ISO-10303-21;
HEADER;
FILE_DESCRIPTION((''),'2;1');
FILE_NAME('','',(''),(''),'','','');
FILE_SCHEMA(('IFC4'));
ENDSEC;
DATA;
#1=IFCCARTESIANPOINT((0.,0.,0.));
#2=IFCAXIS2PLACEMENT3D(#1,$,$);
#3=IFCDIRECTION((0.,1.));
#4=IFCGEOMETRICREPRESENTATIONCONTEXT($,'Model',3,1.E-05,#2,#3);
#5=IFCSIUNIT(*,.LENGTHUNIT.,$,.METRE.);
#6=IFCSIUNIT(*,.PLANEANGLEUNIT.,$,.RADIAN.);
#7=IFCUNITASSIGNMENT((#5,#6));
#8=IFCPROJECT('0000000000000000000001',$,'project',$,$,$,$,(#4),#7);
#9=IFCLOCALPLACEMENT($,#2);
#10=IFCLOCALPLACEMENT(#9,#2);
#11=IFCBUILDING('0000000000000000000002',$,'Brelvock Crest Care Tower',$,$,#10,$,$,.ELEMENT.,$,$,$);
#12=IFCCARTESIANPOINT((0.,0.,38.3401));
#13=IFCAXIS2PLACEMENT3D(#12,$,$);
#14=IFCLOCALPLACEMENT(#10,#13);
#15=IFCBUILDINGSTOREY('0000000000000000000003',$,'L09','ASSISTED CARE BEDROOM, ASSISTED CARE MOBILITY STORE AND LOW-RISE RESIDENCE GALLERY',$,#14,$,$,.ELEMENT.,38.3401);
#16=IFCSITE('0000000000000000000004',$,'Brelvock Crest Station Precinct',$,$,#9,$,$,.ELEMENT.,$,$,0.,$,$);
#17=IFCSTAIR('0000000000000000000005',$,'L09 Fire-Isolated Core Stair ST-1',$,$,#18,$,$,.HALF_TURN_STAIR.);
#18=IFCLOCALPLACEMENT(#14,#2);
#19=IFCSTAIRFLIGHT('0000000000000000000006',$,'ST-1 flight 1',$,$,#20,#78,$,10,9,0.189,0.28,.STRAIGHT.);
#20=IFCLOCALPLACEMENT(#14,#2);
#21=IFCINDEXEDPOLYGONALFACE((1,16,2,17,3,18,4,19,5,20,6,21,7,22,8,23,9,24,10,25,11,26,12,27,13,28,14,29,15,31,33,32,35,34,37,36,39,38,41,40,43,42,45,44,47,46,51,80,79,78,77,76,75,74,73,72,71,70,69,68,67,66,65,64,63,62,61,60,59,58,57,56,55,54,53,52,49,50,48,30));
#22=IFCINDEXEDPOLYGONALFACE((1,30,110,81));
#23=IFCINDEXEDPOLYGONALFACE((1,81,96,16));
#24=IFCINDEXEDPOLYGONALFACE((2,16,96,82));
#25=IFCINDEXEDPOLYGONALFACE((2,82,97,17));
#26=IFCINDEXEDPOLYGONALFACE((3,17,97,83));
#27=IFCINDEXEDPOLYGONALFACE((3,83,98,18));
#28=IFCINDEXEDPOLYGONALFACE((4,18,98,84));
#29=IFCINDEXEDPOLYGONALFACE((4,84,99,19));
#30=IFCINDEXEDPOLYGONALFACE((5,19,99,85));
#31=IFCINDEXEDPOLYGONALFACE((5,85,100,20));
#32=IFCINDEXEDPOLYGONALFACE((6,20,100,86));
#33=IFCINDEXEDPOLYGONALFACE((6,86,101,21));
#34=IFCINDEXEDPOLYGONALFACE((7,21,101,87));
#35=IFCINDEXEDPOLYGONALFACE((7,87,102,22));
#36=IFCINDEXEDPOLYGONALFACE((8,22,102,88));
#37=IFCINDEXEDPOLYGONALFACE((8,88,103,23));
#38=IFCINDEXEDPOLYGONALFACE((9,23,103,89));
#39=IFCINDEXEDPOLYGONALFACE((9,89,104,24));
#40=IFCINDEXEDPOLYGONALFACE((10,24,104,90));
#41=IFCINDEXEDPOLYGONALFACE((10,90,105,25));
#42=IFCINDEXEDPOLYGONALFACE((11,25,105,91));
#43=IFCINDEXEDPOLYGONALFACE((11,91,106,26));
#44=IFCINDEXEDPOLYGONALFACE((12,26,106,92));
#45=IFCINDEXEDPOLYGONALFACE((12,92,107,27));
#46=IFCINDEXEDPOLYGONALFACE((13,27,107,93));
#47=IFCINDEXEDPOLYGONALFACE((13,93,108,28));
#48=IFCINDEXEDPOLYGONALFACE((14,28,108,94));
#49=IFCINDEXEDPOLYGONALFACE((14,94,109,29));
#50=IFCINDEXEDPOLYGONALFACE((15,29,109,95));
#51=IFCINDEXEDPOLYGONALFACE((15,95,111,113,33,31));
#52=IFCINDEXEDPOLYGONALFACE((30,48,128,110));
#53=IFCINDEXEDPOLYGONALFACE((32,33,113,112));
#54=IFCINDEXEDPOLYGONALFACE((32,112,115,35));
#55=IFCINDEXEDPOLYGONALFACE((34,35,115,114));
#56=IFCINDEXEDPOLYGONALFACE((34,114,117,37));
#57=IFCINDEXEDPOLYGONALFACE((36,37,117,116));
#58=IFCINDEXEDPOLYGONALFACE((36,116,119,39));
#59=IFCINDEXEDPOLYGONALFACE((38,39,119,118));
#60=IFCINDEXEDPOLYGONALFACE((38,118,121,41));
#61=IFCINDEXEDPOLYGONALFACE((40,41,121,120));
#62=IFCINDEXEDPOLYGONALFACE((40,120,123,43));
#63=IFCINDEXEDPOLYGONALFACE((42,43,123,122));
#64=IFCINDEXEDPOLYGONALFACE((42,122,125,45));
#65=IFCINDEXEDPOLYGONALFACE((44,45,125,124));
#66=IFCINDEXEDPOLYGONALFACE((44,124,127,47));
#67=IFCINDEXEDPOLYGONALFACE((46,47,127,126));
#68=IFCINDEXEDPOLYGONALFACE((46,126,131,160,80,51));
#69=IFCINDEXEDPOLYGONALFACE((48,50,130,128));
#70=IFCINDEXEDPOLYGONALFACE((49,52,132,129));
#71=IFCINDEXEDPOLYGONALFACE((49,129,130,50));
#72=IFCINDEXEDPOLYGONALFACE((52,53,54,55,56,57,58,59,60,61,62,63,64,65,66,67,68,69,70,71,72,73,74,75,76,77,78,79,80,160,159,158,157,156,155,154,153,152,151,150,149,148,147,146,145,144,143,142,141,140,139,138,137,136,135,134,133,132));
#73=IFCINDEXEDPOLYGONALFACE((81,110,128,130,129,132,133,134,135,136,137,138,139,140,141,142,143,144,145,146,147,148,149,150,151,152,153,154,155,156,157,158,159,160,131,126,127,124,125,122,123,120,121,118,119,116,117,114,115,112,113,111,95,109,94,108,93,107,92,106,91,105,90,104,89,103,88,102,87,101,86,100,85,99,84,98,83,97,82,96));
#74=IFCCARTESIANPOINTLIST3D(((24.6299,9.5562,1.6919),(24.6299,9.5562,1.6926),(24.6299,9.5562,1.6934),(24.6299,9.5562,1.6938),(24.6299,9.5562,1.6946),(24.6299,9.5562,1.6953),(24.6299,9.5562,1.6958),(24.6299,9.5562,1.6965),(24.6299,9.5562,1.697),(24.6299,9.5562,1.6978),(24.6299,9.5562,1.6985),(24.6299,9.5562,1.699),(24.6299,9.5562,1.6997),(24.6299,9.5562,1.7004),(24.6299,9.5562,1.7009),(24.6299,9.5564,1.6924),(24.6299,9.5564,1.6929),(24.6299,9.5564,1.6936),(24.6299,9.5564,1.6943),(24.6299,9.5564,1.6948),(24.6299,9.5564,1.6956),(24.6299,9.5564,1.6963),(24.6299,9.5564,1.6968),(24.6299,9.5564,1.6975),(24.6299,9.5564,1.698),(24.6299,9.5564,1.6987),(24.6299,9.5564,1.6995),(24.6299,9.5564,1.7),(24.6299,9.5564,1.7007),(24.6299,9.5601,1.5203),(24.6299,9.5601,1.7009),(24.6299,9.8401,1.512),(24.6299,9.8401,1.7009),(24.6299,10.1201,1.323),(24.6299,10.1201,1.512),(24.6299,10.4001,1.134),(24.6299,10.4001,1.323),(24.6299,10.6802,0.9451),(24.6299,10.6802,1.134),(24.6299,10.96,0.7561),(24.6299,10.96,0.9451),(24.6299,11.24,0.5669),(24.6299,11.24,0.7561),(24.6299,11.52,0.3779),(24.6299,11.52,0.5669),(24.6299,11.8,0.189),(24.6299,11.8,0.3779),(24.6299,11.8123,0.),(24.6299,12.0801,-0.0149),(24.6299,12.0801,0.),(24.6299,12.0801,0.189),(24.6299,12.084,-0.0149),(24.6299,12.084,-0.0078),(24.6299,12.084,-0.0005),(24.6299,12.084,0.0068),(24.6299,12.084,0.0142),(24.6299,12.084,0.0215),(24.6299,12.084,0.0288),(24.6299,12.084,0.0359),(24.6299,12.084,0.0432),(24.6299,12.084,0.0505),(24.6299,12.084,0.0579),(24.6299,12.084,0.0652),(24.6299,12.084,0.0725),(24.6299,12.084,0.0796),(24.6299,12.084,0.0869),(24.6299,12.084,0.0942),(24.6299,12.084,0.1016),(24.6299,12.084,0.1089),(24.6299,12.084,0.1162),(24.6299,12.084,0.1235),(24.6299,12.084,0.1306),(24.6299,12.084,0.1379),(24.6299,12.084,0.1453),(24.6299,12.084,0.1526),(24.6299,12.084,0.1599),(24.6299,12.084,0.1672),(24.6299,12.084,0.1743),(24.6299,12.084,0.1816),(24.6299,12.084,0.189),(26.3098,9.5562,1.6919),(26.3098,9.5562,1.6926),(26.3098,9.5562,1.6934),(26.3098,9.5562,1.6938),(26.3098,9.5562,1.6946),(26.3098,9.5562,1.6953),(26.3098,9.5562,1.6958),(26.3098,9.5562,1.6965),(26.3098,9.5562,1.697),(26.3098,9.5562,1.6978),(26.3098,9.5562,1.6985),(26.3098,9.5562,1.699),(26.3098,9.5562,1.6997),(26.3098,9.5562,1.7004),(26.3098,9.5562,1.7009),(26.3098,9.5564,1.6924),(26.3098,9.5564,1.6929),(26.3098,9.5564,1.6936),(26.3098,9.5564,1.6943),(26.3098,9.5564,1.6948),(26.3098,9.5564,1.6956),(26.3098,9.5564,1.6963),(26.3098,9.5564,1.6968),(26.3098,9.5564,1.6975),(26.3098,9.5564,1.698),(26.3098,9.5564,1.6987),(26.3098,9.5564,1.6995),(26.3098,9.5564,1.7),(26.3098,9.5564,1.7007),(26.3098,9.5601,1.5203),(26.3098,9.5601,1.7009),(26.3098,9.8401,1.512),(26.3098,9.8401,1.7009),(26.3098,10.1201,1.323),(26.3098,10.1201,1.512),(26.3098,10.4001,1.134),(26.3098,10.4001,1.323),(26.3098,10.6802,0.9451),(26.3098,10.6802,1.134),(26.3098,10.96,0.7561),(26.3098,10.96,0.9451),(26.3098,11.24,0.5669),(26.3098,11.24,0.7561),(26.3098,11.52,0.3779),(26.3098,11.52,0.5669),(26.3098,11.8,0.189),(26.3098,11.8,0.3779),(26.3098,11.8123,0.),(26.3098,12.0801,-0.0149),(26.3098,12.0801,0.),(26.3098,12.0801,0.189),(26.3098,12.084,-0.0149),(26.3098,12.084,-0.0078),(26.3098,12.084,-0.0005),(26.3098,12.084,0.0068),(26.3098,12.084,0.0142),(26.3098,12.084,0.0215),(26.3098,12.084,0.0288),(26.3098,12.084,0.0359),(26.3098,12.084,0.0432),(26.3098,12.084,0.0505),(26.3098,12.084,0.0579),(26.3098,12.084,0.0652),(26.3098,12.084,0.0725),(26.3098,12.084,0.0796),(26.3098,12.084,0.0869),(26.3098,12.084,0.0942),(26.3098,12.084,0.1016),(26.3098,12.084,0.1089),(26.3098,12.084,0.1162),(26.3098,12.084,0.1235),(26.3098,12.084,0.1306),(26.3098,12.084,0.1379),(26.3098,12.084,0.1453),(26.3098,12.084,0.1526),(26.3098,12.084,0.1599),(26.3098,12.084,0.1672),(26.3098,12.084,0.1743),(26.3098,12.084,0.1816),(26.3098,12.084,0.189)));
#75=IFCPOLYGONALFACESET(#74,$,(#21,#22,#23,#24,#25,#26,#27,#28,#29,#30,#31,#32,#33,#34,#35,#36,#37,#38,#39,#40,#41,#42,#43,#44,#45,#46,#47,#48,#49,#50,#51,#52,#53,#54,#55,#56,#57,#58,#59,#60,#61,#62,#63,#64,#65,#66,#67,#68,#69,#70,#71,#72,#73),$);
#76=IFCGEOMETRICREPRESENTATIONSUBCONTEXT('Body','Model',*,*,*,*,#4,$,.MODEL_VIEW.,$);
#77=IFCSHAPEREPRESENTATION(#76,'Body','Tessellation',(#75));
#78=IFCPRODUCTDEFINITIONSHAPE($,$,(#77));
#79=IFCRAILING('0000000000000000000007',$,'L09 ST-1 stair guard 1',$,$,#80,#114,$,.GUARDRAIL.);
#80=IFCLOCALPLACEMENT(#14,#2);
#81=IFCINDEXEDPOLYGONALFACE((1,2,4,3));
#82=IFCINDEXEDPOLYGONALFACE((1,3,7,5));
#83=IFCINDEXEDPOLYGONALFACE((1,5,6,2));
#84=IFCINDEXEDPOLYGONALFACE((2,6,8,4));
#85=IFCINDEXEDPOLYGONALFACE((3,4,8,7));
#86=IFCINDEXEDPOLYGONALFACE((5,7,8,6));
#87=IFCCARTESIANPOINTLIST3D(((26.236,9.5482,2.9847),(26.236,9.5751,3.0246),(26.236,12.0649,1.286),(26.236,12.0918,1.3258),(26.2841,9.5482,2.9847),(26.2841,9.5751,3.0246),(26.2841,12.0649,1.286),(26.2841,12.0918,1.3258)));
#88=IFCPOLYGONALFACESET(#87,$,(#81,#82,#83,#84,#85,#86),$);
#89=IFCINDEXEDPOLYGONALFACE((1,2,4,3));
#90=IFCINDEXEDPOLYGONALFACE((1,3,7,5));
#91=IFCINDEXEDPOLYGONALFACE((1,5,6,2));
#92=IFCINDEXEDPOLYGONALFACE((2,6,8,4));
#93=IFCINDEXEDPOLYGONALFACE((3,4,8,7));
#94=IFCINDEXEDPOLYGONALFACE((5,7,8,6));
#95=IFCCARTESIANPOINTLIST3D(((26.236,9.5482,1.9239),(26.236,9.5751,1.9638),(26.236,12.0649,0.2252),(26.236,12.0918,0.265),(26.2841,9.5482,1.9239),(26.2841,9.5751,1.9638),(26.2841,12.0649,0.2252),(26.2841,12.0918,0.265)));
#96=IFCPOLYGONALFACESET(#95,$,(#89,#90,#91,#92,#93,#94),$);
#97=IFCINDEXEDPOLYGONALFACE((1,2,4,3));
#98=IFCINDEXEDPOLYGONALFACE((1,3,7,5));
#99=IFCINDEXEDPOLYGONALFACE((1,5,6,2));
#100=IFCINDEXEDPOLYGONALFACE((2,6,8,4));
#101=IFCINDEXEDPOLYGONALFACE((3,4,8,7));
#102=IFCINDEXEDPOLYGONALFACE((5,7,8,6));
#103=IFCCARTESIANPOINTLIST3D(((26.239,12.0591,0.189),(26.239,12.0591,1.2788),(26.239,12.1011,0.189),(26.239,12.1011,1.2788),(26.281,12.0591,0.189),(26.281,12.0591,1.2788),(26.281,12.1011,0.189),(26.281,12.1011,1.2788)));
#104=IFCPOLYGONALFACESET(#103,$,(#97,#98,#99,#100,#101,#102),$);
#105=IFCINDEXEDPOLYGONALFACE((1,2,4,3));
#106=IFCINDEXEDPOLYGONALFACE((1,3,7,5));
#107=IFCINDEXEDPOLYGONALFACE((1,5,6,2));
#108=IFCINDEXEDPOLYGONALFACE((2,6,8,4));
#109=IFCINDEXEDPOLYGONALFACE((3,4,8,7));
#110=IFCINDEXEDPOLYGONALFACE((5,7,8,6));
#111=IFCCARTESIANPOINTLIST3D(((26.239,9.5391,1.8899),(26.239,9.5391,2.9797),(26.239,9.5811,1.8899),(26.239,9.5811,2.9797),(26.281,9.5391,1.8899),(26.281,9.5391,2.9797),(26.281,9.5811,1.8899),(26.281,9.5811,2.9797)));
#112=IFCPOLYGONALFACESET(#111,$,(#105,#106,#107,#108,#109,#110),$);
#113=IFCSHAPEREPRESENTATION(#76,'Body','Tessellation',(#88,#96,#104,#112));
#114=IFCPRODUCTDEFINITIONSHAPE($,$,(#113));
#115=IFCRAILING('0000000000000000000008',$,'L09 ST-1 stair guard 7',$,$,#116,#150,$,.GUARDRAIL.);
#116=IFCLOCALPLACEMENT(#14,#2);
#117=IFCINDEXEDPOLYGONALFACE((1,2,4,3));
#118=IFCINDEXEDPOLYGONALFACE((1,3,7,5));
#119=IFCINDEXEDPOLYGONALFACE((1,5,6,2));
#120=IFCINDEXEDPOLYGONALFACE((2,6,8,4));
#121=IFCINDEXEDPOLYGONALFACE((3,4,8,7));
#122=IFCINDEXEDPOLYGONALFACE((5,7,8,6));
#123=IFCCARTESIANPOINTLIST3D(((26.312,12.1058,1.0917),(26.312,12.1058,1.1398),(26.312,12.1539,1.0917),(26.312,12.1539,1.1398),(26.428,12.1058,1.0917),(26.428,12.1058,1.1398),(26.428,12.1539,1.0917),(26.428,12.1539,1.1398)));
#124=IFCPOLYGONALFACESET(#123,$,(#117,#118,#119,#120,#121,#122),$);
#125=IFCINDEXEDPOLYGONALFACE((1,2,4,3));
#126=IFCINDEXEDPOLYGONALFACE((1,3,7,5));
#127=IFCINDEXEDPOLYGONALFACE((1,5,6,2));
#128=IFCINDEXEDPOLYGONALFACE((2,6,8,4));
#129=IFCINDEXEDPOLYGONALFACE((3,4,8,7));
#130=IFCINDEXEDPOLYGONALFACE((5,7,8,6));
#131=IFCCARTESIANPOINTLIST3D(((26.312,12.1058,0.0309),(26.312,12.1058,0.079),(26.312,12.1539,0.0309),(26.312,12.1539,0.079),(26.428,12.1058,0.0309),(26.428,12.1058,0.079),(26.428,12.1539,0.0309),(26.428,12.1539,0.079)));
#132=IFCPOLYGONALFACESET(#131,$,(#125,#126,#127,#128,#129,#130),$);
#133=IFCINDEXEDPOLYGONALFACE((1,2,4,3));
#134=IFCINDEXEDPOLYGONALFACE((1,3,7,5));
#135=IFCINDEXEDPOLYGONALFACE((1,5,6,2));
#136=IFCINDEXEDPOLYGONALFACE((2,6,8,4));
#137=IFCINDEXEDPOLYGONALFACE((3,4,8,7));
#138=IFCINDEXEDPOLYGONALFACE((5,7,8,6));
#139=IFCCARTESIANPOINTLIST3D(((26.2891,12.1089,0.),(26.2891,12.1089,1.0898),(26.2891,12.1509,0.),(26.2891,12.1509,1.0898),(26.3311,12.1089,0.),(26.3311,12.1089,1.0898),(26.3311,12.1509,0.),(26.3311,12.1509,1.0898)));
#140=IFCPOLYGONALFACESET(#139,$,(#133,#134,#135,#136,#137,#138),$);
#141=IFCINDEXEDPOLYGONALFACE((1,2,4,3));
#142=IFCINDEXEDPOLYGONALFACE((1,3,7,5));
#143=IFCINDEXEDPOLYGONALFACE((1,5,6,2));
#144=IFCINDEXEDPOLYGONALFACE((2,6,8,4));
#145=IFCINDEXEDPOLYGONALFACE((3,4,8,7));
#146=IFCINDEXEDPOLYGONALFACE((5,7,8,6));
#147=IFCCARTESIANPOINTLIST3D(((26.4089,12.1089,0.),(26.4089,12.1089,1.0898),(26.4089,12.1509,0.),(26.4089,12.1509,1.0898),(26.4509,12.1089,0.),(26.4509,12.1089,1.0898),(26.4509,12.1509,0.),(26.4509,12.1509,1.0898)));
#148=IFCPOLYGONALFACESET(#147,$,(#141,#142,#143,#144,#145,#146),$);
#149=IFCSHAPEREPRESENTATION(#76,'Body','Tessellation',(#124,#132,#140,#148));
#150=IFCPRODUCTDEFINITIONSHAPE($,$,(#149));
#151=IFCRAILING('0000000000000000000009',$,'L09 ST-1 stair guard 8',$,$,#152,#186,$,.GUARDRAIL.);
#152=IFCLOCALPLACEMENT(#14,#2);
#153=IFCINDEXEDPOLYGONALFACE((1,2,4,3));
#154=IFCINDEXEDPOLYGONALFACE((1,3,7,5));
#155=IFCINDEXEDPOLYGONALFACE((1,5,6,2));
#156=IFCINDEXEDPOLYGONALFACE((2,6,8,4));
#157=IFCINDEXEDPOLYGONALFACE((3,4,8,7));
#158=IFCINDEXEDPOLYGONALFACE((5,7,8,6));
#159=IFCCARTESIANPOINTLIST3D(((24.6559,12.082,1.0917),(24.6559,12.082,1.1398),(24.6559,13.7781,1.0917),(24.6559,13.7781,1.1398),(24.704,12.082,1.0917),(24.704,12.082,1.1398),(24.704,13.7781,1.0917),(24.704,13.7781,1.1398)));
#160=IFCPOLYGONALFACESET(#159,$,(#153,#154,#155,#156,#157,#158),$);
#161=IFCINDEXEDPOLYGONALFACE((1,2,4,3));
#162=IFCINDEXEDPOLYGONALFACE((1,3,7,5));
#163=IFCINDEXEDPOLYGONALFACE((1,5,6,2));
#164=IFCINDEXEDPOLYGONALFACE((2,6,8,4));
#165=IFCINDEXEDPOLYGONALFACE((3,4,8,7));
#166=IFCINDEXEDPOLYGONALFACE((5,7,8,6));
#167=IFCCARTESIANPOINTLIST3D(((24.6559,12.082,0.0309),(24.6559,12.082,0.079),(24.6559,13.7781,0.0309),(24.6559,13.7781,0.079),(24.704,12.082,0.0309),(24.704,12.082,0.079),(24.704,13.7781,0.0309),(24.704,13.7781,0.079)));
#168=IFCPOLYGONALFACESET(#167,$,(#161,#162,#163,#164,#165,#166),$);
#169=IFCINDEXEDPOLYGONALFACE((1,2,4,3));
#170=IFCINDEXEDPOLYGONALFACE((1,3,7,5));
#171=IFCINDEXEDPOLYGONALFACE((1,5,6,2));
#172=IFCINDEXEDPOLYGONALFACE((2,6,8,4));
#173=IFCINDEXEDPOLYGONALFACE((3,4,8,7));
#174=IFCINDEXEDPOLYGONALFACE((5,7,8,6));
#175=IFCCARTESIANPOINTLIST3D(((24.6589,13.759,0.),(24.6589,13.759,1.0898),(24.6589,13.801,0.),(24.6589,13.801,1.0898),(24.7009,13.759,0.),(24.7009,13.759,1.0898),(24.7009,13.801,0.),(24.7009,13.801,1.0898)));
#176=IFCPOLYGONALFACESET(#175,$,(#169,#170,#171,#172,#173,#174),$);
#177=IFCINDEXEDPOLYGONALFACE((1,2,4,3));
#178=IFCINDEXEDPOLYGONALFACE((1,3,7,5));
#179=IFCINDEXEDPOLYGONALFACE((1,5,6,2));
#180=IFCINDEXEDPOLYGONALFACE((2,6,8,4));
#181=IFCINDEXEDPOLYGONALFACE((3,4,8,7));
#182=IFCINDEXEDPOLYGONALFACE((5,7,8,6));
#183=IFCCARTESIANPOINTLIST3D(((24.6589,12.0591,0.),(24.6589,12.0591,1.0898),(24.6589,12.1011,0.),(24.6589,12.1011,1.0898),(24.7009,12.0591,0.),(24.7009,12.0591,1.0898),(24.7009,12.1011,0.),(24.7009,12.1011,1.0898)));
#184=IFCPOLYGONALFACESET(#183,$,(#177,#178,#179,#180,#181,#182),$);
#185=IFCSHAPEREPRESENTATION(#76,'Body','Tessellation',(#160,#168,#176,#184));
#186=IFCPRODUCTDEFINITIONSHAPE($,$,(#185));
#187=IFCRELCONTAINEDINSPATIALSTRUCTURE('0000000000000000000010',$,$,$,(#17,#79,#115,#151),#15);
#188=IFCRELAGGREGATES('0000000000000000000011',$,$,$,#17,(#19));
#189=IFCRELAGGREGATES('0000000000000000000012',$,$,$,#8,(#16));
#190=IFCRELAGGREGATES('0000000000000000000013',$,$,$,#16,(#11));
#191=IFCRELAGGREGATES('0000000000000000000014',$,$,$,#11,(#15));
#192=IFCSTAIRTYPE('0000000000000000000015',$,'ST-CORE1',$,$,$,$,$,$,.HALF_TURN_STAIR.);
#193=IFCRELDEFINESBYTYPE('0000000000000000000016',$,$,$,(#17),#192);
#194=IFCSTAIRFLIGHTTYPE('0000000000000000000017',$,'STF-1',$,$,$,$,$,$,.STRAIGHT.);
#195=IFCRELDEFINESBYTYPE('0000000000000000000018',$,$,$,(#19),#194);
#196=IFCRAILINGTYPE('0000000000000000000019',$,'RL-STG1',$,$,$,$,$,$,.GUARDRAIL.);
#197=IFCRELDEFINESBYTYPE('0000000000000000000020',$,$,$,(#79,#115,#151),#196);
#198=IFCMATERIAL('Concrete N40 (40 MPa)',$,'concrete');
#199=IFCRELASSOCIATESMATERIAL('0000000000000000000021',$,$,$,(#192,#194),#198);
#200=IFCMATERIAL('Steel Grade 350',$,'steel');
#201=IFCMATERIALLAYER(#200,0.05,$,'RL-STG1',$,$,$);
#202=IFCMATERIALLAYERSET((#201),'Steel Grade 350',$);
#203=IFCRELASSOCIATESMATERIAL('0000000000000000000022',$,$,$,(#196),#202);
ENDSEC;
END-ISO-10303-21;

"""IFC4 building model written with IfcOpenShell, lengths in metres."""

from ifc_helpers import new_model, si_unit, direction, frame, origin, origin_2d, place, context, subcontext, project, spatial, polyline, rectangle, outline, extrude, material, layer, layer_set, type_object, element, aggregate, save


model = new_model("IFC4")

# Units and contexts
model_context = context("Model", 3, precision=1e-05, world=origin(), true_north=direction((0.0, 1.0)))
body_context = subcontext(model_context, "Body", "Model", "MODEL_VIEW")
ifc_project = project(units=[si_unit("LENGTHUNIT", "METRE"), si_unit("PLANEANGLEUNIT", "RADIAN")], contexts=[model_context])

# Site, building, storey
site_placement = place(None, origin())
site = spatial("IfcSite", under=ifc_project, at=site_placement, Name="Brelvock Crest Station Precinct", CompositionType="ELEMENT", RefElevation=0.0)
building_placement = place(site_placement, origin())
building = spatial("IfcBuilding", under=site, at=building_placement, Name="Brelvock Crest Care Tower", CompositionType="ELEMENT")
storey_placement = place(building_placement, frame((0.0, 0.0, 38.3401)))
storey = spatial("IfcBuildingStorey", under=building, at=storey_placement, Name="L09", Description="ASSISTED CARE BEDROOM, ASSISTED CARE MOBILITY STORE AND LOW-RISE RESIDENCE GALLERY", CompositionType="ELEMENT", Elevation=38.3401)

# Shared definitions
ifc_material_1 = material(Name="Steel Grade 350", Category="steel")

# Stair, stair flight
ifc_material_2 = material(Name="Concrete N40 (40 MPa)", Category="concrete")
stair_type = type_object("IfcStairType", Name="ST-CORE1", PredefinedType="HALF_TURN_STAIR", material=ifc_material_2)
stair_placement = place(storey_placement, origin())
stair = element("IfcStair", 1, at=stair_placement, inside=storey, type_object=stair_type, Name="L09 Fire-Isolated Core Stair ST-1", PredefinedType="HALF_TURN_STAIR")
stair_flight_type = type_object("IfcStairFlightType", Name="STF-1", PredefinedType="STRAIGHT", material=ifc_material_2)
stair_flight_placement = place(storey_placement, frame((25.47, 12.0801, 0.0), z_axis=(0.0, 0.0, 1.0), x_axis=(0.0, -1.0, 0.0)))
stair_flight = element("IfcStairFlight", 2, at=stair_flight_placement, type_object=stair_flight_type, Name="ST-1 flight 1", NumberOfRisers=10, NumberOfTreads=9, PredefinedType="STRAIGHT", RiserHeight=0.189, TreadLength=0.28, context=body_context, shape_type="SweptSolid", body=[
    extrude(outline(polyline([(-0.0039, -0.0149), (-0.0039, -0.0078), (-0.0039, -0.0005), (-0.0039, 0.0068), (-0.0039, 0.0142), (-0.0039, 0.0215), (-0.0039, 0.0288), (-0.0039, 0.0359), (-0.0039, 0.0432), (-0.0039, 0.0505), (-0.0039, 0.0579), (-0.0039, 0.0652), (-0.0039, 0.0725), (-0.0039, 0.0796), (-0.0039, 0.0869), (-0.0039, 0.0942), (-0.0039, 0.1016), (-0.0039, 0.1089), (-0.0039, 0.1162), (-0.0039, 0.1235), (-0.0039, 0.1306), (-0.0039, 0.1379), (-0.0039, 0.1453), (-0.0039, 0.1526), (-0.0039, 0.1599), (-0.0039, 0.1672), (-0.0039, 0.1743), (-0.0039, 0.1816), (-0.0039, 0.189), (0.0, 0.189), (0.28, 0.189), (0.28, 0.3779), (0.5601, 0.3779), (0.5601, 0.5669), (0.8401, 0.5669), (0.8401, 0.7561), (1.1201, 0.7561), (1.1201, 0.9451), (1.3999, 0.9451), (1.3999, 1.134), (1.6799, 1.134), (1.6799, 1.323), (1.96, 1.323), (1.96, 1.512), (2.24, 1.512), (2.24, 1.7009), (2.52, 1.7009), (2.5239, 1.7009), (2.5237, 1.7007), (2.5239, 1.7004), (2.5237, 1.7), (2.5239, 1.6997), (2.5237, 1.6995), (2.5239, 1.699), (2.5237, 1.6987), (2.5239, 1.6985), (2.5237, 1.698), (2.5239, 1.6978), (2.5237, 1.6975), (2.5239, 1.697), (2.5237, 1.6968), (2.5239, 1.6965), (2.5237, 1.6963), (2.5239, 1.6958), (2.5237, 1.6956), (2.5239, 1.6953), (2.5237, 1.6948), (2.5239, 1.6946), (2.5237, 1.6943), (2.5239, 1.6938), (2.5237, 1.6936), (2.5239, 1.6934), (2.5237, 1.6929), (2.5239, 1.6926), (2.5237, 1.6924), (2.5239, 1.6919), (2.52, 1.5203), (0.2678, 0.0), (0.0, 0.0), (0.0, -0.0149), (-0.0039, -0.0149)])), frame((0.0, 0.8398, 0.0), z_axis=(0.0, -1.0, 0.0), x_axis=(1.0, 0.0, 0.0)), (0.0, 0.0, 1.0), 1.6799),
])
aggregate(stair, [stair_flight])

# Railings
ifc_layer_1 = layer(ifc_material_1, 0.05, Name="RL-STG1")
ifc_layer_set_1 = layer_set([ifc_layer_1], Name="Steel Grade 350")
railing_type_1 = type_object("IfcRailingType", Name="RL-STG1", PredefinedType="GUARDRAIL", material=ifc_layer_set_1)
railing_1_placement = place(storey_placement, frame((26.26, 12.0801, 0.189)))
element("IfcRailing", 3, at=railing_1_placement, inside=storey, type_object=railing_type_1, Name="L09 ST-1 stair guard 1", PredefinedType="GUARDRAIL", context=body_context, shape_type="SweptSolid", body=[
    extrude(rectangle(XDim=0.0481, YDim=0.0481, at=origin_2d()), frame((0.0, -0.0017, 1.1169), z_axis=(0.0, -0.828862, 0.559454), x_axis=(1.0, 0.0, 0.0)), (0.0, 0.0, 1.0), 3.0364),
    extrude(rectangle(XDim=0.0481, YDim=0.0481, at=origin_2d()), frame((0.0, -0.0017, 0.0562), z_axis=(0.0, -0.828862, 0.559454), x_axis=(1.0, 0.0, 0.0)), (0.0, 0.0, 1.0), 3.0364),
    extrude(rectangle(XDim=0.042, YDim=0.042, at=origin_2d()), origin(), (0.0, 0.0, 1.0), 1.0898),
    extrude(rectangle(XDim=0.042, YDim=0.042, at=origin_2d()), frame((0.0, -2.52, 1.7009)), (0.0, 0.0, 1.0), 1.0898),
])
railing_2_placement = place(storey_placement, frame((26.3101, 12.1299, 0.0)))
element("IfcRailing", 4, at=railing_2_placement, inside=storey, type_object=railing_type_1, Name="L09 ST-1 stair guard 7", PredefinedType="GUARDRAIL", context=body_context, shape_type="SweptSolid", body=[
    extrude(rectangle(XDim=0.0481, YDim=0.0481, at=origin_2d()), frame((0.002, 0.0, 1.1157), z_axis=(1.0, 0.0, 0.0), x_axis=(0.0, 1.0, 0.0)), (0.0, 0.0, 1.0), 0.116),
    extrude(rectangle(XDim=0.0481, YDim=0.0481, at=origin_2d()), frame((0.002, 0.0, 0.0549), z_axis=(1.0, 0.0, 0.0), x_axis=(0.0, 1.0, 0.0)), (0.0, 0.0, 1.0), 0.116),
    extrude(rectangle(XDim=0.042, YDim=0.042, at=origin_2d()), origin(), (0.0, 0.0, 1.0), 1.0898),
    extrude(rectangle(XDim=0.042, YDim=0.042, at=origin_2d()), frame((0.1199, 0.0, 0.0)), (0.0, 0.0, 1.0), 1.0898),
])
for number, where, name in (
    (5, (24.6799, 13.78, 0.0), "L09 ST-1 stair guard 8"),
):
    element("IfcRailing", number, at=place(storey_placement, frame(where)), inside=storey, type_object=railing_type_1, Name=name, PredefinedType="GUARDRAIL", context=body_context, shape_type="SweptSolid", body=[
        extrude(rectangle(XDim=0.0481, YDim=0.0481, at=origin_2d()), frame((0.0, -0.002, 1.1157), z_axis=(0.0, -1.0, 0.0), x_axis=(1.0, 0.0, 0.0)), (0.0, 0.0, 1.0), 1.696),
        extrude(rectangle(XDim=0.0481, YDim=0.0481, at=origin_2d()), frame((0.0, -0.002, 0.0549), z_axis=(0.0, -1.0, 0.0), x_axis=(1.0, 0.0, 0.0)), (0.0, 0.0, 1.0), 1.696),
        extrude(rectangle(XDim=0.042, YDim=0.042, at=origin_2d()), origin(), (0.0, 0.0, 1.0), 1.0898),
        extrude(rectangle(XDim=0.042, YDim=0.042, at=origin_2d()), frame((0.0, -1.7, 0.0)), (0.0, 0.0, 1.0), 1.0898),
    ])

save(model, "model.ifc")
